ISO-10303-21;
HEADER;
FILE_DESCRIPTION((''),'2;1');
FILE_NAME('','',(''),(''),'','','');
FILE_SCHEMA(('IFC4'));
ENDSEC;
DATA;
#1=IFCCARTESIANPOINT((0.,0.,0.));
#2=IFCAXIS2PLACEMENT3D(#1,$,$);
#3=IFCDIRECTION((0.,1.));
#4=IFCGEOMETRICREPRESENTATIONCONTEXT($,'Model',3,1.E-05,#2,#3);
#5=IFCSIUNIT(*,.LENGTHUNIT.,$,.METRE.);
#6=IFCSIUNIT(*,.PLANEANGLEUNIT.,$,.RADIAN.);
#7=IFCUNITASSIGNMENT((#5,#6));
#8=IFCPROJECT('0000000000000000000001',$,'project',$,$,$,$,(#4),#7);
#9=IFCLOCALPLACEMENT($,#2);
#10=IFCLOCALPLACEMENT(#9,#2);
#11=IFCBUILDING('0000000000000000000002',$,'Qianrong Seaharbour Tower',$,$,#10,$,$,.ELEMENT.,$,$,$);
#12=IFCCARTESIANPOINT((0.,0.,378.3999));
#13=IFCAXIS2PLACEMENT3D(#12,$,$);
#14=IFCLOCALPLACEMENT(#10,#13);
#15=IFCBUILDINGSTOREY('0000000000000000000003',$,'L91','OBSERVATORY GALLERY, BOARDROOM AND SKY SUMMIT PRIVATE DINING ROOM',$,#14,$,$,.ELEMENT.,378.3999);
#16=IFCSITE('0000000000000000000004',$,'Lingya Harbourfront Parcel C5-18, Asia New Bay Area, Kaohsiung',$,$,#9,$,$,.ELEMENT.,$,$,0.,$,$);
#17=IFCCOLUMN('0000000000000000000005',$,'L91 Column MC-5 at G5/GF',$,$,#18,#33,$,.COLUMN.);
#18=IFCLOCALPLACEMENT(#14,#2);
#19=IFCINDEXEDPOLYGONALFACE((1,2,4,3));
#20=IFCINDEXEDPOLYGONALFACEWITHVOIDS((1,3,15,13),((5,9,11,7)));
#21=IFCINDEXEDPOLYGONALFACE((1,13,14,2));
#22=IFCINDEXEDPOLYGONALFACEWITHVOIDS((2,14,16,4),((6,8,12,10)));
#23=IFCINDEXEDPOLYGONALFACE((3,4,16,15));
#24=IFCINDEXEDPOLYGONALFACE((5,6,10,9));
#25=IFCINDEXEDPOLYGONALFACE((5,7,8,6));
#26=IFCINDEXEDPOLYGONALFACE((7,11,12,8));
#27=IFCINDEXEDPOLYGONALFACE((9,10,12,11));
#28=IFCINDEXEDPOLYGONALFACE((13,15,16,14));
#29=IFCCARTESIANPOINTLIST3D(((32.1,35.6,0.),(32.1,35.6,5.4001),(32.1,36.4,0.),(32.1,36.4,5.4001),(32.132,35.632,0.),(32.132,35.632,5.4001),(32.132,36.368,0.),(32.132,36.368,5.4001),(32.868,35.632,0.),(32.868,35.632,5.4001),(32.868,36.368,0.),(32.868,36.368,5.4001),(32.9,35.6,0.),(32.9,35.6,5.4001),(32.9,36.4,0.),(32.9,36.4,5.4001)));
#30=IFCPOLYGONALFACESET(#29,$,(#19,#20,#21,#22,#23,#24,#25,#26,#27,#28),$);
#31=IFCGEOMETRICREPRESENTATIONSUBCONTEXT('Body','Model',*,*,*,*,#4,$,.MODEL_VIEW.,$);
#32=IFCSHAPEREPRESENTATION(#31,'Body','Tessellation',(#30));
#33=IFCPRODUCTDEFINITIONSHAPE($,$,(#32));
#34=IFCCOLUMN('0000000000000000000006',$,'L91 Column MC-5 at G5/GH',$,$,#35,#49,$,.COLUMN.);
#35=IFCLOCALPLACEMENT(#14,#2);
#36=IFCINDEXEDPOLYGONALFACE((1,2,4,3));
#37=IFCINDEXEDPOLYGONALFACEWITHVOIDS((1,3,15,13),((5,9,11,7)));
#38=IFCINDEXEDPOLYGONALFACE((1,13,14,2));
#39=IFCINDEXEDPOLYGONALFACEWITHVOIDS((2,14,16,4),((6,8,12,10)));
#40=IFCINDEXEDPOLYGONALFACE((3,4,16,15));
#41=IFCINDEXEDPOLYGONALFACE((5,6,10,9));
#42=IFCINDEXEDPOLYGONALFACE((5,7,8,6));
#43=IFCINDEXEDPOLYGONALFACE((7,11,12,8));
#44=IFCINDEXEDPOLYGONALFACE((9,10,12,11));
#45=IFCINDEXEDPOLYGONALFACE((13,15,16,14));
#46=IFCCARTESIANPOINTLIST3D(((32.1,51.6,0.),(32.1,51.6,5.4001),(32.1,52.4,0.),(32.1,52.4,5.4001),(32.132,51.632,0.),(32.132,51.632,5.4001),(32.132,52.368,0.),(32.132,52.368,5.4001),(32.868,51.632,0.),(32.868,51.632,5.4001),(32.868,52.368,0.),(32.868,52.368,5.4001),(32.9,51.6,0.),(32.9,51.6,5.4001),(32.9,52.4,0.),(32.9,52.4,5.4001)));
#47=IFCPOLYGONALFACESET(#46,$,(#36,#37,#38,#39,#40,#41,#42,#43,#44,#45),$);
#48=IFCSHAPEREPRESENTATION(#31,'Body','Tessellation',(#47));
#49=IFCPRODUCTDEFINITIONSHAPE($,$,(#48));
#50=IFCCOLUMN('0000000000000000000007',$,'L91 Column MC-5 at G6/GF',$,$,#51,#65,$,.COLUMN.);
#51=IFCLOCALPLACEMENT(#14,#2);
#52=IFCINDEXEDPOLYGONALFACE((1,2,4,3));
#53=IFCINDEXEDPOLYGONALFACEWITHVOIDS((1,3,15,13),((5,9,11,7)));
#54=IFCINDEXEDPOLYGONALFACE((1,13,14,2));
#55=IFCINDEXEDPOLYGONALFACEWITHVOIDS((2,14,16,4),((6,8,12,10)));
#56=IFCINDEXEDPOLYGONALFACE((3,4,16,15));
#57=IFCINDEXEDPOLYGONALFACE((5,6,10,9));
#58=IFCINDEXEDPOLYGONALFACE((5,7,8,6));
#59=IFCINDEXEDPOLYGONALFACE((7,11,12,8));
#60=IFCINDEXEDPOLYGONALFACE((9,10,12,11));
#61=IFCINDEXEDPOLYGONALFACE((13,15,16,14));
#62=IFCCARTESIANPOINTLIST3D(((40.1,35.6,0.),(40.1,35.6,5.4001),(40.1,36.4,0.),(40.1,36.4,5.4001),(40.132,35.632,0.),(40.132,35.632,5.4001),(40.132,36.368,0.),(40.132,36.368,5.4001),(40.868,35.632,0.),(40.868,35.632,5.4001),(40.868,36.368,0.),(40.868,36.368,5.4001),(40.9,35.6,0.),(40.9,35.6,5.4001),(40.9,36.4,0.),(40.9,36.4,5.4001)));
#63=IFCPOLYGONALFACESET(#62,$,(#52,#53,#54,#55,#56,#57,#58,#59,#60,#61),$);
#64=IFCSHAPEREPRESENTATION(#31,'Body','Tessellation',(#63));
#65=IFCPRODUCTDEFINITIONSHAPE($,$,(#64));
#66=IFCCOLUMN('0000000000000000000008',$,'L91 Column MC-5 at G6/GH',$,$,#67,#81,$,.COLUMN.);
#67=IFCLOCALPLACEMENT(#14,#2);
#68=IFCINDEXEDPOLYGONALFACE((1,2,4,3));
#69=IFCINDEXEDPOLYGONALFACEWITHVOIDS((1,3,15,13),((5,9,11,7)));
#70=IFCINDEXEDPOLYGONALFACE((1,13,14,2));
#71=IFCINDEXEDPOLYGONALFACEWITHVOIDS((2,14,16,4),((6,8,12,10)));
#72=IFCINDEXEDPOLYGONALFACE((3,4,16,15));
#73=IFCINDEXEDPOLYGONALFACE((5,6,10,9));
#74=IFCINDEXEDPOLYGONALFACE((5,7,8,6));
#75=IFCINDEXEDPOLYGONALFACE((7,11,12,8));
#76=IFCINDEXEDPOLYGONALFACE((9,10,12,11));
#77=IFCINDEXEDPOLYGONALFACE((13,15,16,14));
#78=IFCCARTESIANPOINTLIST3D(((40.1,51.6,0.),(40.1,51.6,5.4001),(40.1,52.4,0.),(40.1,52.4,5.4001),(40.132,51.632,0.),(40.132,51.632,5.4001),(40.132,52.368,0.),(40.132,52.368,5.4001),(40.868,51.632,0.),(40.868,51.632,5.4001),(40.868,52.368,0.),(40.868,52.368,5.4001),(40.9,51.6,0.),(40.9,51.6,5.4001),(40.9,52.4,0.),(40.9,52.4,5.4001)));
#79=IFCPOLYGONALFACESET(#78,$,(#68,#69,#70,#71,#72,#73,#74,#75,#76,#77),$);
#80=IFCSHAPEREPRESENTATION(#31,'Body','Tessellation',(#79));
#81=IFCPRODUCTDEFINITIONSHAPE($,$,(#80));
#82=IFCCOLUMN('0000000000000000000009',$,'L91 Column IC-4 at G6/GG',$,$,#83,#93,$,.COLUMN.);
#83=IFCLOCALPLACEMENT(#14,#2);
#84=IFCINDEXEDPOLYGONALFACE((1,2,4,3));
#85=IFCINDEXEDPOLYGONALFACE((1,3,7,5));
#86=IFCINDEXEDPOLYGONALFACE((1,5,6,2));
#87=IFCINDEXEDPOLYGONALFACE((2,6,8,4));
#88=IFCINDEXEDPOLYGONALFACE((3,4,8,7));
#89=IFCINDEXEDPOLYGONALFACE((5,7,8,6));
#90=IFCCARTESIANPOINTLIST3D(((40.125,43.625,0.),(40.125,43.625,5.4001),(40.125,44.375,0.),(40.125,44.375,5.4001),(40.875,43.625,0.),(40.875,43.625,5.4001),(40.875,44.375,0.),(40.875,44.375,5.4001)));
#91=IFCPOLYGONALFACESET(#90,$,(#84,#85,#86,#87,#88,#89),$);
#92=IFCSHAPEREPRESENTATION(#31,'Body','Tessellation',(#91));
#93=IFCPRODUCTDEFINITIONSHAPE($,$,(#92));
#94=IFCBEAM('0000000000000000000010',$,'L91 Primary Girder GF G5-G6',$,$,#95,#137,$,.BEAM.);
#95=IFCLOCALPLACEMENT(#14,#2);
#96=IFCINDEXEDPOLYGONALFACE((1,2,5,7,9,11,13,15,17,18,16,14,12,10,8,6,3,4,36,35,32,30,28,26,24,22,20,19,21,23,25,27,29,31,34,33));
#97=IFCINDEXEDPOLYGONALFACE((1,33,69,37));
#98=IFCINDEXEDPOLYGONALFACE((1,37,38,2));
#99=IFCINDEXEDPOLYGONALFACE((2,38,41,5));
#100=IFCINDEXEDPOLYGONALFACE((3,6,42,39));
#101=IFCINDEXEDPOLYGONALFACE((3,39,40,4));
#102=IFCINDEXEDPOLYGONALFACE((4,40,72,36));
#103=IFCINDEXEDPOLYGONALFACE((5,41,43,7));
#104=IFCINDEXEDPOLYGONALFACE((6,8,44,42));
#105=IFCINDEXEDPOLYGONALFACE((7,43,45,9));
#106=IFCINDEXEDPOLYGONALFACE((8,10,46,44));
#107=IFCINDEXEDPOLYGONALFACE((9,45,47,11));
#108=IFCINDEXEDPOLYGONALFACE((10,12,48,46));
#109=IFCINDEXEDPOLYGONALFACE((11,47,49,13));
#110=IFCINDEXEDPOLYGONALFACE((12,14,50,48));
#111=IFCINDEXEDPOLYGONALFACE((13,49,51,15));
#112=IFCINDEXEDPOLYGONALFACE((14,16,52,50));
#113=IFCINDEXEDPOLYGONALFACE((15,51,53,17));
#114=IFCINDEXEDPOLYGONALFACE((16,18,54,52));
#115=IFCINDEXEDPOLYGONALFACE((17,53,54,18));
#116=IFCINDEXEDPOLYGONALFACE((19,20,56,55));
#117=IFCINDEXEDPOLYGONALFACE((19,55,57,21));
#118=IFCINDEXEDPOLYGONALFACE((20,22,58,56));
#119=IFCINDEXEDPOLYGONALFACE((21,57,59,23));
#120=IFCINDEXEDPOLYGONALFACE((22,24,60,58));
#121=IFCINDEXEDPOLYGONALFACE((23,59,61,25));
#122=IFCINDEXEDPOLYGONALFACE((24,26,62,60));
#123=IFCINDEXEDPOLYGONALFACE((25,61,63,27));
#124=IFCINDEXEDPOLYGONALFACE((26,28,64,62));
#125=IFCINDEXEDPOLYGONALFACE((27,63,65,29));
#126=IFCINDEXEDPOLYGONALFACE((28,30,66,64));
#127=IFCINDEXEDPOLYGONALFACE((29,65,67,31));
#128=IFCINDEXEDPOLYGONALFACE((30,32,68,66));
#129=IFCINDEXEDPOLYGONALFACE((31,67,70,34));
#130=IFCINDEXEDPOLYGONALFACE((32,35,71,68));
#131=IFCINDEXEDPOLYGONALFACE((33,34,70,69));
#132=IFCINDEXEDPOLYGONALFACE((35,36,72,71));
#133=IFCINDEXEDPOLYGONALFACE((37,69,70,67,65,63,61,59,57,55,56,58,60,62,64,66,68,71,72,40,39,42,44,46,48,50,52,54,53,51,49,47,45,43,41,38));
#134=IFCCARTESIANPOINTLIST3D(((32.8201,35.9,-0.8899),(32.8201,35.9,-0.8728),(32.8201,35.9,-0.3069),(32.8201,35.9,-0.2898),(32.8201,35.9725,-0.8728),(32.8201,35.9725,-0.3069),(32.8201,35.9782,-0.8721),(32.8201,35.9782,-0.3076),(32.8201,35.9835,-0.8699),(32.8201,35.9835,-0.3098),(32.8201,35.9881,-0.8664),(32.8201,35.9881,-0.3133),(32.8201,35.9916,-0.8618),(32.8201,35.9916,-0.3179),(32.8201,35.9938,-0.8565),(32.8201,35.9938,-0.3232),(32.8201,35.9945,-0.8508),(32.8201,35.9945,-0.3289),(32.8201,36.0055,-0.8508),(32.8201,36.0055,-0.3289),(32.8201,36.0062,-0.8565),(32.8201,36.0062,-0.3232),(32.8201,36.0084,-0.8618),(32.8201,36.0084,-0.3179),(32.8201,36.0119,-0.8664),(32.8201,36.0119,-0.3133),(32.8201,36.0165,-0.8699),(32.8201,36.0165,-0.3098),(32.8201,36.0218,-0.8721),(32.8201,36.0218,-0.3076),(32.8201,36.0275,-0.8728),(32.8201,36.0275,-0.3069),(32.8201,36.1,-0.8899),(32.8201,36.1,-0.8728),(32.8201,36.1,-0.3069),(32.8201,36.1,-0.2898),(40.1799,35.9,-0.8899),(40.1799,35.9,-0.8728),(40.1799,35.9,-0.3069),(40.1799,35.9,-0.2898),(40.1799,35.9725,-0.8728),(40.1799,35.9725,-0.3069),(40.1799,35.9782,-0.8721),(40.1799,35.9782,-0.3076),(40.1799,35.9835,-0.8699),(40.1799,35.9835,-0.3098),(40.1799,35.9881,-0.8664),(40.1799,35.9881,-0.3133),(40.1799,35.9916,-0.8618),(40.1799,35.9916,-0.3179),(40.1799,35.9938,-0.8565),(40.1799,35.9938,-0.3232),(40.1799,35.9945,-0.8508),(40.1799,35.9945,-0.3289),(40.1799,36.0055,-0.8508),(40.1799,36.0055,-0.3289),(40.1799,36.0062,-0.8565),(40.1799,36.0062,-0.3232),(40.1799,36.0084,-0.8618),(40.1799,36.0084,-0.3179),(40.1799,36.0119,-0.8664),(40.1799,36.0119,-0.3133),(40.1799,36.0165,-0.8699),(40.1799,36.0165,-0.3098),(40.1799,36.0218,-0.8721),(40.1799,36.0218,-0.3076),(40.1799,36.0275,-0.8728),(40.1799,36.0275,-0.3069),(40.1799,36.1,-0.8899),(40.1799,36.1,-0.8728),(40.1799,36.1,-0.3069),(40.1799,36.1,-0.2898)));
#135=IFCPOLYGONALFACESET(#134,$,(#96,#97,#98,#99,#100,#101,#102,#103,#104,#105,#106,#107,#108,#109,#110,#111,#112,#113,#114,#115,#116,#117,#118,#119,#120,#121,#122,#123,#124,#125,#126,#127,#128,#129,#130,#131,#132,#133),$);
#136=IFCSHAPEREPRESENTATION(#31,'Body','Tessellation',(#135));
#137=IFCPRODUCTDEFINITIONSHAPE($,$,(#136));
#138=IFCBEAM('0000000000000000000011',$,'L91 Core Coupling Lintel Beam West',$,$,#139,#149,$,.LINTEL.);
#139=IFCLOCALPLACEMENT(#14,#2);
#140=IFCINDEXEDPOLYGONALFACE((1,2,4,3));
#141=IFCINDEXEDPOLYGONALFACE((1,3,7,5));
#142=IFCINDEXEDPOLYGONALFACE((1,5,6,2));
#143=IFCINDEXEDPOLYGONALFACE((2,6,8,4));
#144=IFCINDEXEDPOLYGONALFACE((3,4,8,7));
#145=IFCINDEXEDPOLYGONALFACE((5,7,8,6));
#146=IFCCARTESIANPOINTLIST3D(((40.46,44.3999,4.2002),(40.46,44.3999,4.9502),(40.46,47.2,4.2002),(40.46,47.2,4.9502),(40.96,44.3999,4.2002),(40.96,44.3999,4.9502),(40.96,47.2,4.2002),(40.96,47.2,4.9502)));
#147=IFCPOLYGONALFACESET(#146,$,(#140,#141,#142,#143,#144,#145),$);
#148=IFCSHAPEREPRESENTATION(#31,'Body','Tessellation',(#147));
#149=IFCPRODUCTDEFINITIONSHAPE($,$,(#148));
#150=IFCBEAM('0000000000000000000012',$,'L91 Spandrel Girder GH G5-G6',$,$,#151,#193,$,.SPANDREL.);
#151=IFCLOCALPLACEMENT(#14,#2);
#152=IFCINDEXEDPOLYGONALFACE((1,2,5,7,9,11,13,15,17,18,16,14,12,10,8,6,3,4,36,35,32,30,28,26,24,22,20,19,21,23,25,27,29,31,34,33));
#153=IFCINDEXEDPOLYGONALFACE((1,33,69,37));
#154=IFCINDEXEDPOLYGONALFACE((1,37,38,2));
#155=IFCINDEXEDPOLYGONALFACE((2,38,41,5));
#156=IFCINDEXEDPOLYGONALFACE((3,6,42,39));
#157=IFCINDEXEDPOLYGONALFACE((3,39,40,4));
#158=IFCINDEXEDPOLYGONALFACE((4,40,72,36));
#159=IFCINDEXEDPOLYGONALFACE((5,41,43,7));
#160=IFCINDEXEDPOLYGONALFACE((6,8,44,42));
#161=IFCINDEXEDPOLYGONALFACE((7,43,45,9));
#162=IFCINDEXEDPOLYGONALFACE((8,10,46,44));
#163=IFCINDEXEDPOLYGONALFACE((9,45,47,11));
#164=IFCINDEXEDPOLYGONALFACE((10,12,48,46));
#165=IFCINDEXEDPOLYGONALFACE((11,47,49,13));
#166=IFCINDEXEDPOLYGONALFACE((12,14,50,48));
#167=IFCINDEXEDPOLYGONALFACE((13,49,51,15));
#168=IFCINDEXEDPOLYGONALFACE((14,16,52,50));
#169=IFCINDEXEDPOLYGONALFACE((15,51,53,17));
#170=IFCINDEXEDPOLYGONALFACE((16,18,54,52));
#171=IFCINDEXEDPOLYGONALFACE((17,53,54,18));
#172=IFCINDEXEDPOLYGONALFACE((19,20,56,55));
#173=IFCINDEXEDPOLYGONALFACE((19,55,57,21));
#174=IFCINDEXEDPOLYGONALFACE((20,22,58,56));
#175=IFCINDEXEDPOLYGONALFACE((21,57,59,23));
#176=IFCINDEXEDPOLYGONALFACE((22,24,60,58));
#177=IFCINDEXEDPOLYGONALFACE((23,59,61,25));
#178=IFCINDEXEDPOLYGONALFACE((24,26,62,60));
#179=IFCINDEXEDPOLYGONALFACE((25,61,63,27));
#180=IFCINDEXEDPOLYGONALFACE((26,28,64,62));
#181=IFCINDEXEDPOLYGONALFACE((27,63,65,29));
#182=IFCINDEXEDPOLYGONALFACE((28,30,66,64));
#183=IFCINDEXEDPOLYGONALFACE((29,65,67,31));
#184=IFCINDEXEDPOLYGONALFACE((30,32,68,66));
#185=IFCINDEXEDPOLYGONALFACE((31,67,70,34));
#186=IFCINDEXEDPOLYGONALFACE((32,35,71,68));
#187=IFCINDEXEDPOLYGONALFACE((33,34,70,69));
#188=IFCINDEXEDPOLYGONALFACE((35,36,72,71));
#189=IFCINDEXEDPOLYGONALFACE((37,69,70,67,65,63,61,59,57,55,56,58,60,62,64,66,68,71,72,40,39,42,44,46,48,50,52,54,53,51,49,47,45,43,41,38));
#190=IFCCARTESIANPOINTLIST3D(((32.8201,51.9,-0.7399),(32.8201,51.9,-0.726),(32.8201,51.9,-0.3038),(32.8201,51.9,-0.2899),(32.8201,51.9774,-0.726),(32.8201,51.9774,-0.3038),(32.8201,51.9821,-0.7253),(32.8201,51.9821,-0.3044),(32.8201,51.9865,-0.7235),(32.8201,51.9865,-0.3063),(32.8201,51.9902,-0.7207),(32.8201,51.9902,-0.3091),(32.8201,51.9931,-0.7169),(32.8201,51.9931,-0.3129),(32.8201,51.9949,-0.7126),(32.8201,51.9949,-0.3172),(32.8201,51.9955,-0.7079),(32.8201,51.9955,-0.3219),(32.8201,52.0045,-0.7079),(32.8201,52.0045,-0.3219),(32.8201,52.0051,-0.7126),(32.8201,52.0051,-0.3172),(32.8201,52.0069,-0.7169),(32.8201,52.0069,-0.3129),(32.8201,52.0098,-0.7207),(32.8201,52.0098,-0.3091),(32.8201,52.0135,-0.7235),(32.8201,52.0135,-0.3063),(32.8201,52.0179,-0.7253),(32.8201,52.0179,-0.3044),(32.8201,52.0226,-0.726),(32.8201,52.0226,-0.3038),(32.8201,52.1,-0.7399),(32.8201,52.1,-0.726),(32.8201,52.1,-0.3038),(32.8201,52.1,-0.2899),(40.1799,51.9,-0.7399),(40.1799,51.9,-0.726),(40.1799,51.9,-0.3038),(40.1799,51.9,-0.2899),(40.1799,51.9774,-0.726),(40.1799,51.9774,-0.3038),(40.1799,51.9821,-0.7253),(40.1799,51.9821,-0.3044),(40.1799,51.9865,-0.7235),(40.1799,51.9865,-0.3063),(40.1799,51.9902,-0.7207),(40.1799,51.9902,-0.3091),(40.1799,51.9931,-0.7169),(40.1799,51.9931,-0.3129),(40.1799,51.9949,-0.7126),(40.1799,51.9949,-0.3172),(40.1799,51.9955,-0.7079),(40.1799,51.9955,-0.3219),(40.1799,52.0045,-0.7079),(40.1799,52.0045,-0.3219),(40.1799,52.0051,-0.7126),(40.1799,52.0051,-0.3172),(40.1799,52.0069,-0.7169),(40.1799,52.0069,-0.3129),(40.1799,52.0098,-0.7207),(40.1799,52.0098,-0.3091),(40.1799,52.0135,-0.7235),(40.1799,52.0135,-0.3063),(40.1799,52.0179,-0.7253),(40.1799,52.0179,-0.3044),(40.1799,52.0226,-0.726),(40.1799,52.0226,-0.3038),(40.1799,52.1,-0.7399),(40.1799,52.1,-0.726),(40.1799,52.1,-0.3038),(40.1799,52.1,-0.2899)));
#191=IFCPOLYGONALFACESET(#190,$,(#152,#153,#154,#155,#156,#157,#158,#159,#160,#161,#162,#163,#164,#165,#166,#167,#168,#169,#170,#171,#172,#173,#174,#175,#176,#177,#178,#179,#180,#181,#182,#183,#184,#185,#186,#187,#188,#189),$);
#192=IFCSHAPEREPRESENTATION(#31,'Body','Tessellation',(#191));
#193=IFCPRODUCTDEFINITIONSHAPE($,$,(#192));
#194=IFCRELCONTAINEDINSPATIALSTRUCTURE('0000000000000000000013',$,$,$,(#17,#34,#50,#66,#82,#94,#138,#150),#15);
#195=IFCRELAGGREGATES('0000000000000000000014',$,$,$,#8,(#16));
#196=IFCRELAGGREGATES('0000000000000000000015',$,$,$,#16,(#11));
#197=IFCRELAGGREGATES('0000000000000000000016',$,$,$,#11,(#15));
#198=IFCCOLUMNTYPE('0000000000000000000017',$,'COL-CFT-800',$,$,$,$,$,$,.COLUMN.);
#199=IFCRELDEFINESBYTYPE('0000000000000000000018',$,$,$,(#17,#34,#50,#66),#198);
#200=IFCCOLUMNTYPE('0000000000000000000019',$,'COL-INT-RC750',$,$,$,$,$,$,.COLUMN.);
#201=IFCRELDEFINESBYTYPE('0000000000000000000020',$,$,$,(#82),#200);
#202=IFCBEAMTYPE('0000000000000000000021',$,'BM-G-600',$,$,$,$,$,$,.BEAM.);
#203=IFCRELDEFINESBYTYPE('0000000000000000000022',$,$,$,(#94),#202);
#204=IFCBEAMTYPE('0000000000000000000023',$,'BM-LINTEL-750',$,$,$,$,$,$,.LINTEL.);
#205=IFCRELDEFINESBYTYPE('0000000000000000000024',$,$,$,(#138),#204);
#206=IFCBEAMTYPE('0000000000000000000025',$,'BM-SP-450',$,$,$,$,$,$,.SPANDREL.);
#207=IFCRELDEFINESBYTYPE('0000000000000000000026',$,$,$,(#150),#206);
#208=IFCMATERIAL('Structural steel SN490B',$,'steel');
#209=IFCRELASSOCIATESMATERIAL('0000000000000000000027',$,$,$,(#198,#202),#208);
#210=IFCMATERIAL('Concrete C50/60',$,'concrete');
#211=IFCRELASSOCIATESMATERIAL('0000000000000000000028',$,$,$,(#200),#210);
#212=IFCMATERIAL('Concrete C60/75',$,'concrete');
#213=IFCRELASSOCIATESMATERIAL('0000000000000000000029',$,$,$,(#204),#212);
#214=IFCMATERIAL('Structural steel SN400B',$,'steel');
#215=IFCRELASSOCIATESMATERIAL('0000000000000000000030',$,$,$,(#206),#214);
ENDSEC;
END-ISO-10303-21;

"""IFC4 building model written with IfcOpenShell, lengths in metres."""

from ifc_helpers import new_model, si_unit, direction, frame, origin, origin_2d, place, context, subcontext, project, spatial, rectangle, hollow_rectangle, i_section, extrude, material, material_profile, profile_set, type_object, element, save


model = new_model("IFC4")

# Units and contexts
model_context = context("Model", 3, precision=1e-05, world=origin(), true_north=direction((0.0, 1.0)))
body_context = subcontext(model_context, "Body", "Model", "MODEL_VIEW")
ifc_project = project(units=[si_unit("LENGTHUNIT", "METRE"), si_unit("PLANEANGLEUNIT", "RADIAN")], contexts=[model_context])

# Site, building, storey
site_placement = place(None, origin())
site = spatial("IfcSite", under=ifc_project, at=site_placement, Name="Lingya Harbourfront Parcel C5-18, Asia New Bay Area, Kaohsiung", CompositionType="ELEMENT", RefElevation=0.0)
building_placement = place(site_placement, origin())
building = spatial("IfcBuilding", under=site, at=building_placement, Name="Qianrong Seaharbour Tower", CompositionType="ELEMENT")
storey_placement = place(building_placement, frame((0.0, 0.0, 378.3999)))
storey = spatial("IfcBuildingStorey", under=building, at=storey_placement, Name="L91", Description="OBSERVATORY GALLERY, BOARDROOM AND SKY SUMMIT PRIVATE DINING ROOM", CompositionType="ELEMENT", Elevation=378.3999)

# Columns
ifc_material_1 = material(Name="Structural steel SN490B", Category="steel")
ifc_material_profile_1 = material_profile(ifc_material_1, hollow_rectangle(XDim=0.8, YDim=0.8, WallThickness=0.032, at=origin_2d()), Name="BOX800x800x32")
ifc_profile_set_1 = profile_set([ifc_material_profile_1], Name="Structural steel SN490B")
column_type_1 = type_object("IfcColumnType", Name="COL-CFT-800", PredefinedType="COLUMN", material=ifc_profile_set_1)
for number, where, z_axis, x_axis, name in (
    (1, (32.5, 36.0, 0.0), (0.0, 0.0, 1.0), (1.0, 0.0, 0.0), "L91 Column MC-5 at G5/GF"),
    (2, (32.5, 52.0, 0.0), (0.0, 0.0, 1.0), (1.0, 0.0, 0.0), "L91 Column MC-5 at G5/GH"),
    (3, (40.5, 36.0, 0.0), (0.0, 0.0, 1.0), (1.0, 0.0, 0.0), "L91 Column MC-5 at G6/GF"),
    (4, (40.5, 52.0, 0.0), (0.0, 0.0, 1.0), (1.0, 0.0, 0.0), "L91 Column MC-5 at G6/GH"),
):
    element("IfcColumn", number, at=place(storey_placement, frame(where, z_axis=z_axis, x_axis=x_axis)), inside=storey, type_object=column_type_1, Name=name, PredefinedType="COLUMN", context=body_context, shape_type="SweptSolid", body=[
        extrude(hollow_rectangle(XDim=0.8, YDim=0.8, WallThickness=0.032, at=origin_2d()), origin(), (0.0, 0.0, 1.0), 5.4001),
    ])
ifc_material_2 = material(Name="Concrete C50/60", Category="concrete")
ifc_material_profile_2 = material_profile(ifc_material_2, rectangle(XDim=0.75, YDim=0.75, at=origin_2d()), Name="RC750x750")
ifc_profile_set_2 = profile_set([ifc_material_profile_2], Name="Concrete C50/60")
column_type_2 = type_object("IfcColumnType", Name="COL-INT-RC750", PredefinedType="COLUMN", material=ifc_profile_set_2)
column_placement = place(storey_placement, frame((40.5, 44.0, 0.0), z_axis=(0.0, 0.0, 1.0), x_axis=(1.0, 0.0, 0.0)))
element("IfcColumn", 5, at=column_placement, inside=storey, type_object=column_type_2, Name="L91 Column IC-4 at G6/GG", PredefinedType="COLUMN", context=body_context, shape_type="SweptSolid", body=[
    extrude(rectangle(XDim=0.75, YDim=0.75, at=origin_2d()), origin(), (0.0, 0.0, 1.0), 5.4001),
])

# Beams
ifc_material_profile_3 = material_profile(ifc_material_1, i_section(OverallWidth=0.2, OverallDepth=0.6001, WebThickness=0.011, FlangeThickness=0.0171, FilletRadius=0.022, at=origin_2d()), Name="H600x200x11x17")
ifc_profile_set_3 = profile_set([ifc_material_profile_3], Name="Structural steel SN490B")
beam_type_1 = type_object("IfcBeamType", Name="BM-G-600", PredefinedType="BEAM", material=ifc_profile_set_3)
beam_1_placement = place(storey_placement, frame((32.8201, 36.0, -0.5898), z_axis=(1.0, 0.0, 0.0), x_axis=(0.0, 1.0, 0.0)))
element("IfcBeam", 6, at=beam_1_placement, inside=storey, type_object=beam_type_1, Name="L91 Primary Girder GF G5-G6", PredefinedType="BEAM", context=body_context, shape_type="SweptSolid", body=[
    extrude(i_section(OverallWidth=0.2, OverallDepth=0.6001, WebThickness=0.011, FlangeThickness=0.0171, FilletRadius=0.022, at=origin_2d()), origin(), (0.0, 0.0, 1.0), 7.3599),
])
ifc_material_3 = material(Name="Concrete C60/75", Category="concrete")
ifc_material_profile_4 = material_profile(ifc_material_3, rectangle(XDim=0.5, YDim=0.75, at=origin_2d()), Name="RC500x750")
ifc_profile_set_4 = profile_set([ifc_material_profile_4], Name="Concrete C60/75")
beam_type_2 = type_object("IfcBeamType", Name="BM-LINTEL-750", PredefinedType="LINTEL", material=ifc_profile_set_4)
beam_2_placement = place(storey_placement, frame((40.71, 44.3999, 4.5752), z_axis=(0.0, 1.0, 0.0), x_axis=(-1.0, 0.0, 0.0)))
element("IfcBeam", 7, at=beam_2_placement, inside=storey, type_object=beam_type_2, Name="L91 Core Coupling Lintel Beam West", PredefinedType="LINTEL", context=body_context, shape_type="SweptSolid", body=[
    extrude(rectangle(XDim=0.5, YDim=0.75, at=origin_2d()), origin(), (0.0, 0.0, 1.0), 2.8),
])
ifc_material_4 = material(Name="Structural steel SN400B", Category="steel")
ifc_material_profile_5 = material_profile(ifc_material_4, i_section(OverallWidth=0.2, OverallDepth=0.45, WebThickness=0.009, FlangeThickness=0.0139, FilletRadius=0.0181, at=origin_2d()), Name="H450x200x9x14")
ifc_profile_set_5 = profile_set([ifc_material_profile_5], Name="Structural steel SN400B")
beam_type_3 = type_object("IfcBeamType", Name="BM-SP-450", PredefinedType="SPANDREL", material=ifc_profile_set_5)
beam_3_placement = place(storey_placement, frame((32.8201, 52.0, -0.5149), z_axis=(1.0, 0.0, 0.0), x_axis=(0.0, 1.0, 0.0)))
element("IfcBeam", 8, at=beam_3_placement, inside=storey, type_object=beam_type_3, Name="L91 Spandrel Girder GH G5-G6", PredefinedType="SPANDREL", context=body_context, shape_type="SweptSolid", body=[
    extrude(i_section(OverallWidth=0.2, OverallDepth=0.45, WebThickness=0.009, FlangeThickness=0.0139, FilletRadius=0.0181, at=origin_2d()), origin(), (0.0, 0.0, 1.0), 7.3599),
])

save(model, "model.ifc")
